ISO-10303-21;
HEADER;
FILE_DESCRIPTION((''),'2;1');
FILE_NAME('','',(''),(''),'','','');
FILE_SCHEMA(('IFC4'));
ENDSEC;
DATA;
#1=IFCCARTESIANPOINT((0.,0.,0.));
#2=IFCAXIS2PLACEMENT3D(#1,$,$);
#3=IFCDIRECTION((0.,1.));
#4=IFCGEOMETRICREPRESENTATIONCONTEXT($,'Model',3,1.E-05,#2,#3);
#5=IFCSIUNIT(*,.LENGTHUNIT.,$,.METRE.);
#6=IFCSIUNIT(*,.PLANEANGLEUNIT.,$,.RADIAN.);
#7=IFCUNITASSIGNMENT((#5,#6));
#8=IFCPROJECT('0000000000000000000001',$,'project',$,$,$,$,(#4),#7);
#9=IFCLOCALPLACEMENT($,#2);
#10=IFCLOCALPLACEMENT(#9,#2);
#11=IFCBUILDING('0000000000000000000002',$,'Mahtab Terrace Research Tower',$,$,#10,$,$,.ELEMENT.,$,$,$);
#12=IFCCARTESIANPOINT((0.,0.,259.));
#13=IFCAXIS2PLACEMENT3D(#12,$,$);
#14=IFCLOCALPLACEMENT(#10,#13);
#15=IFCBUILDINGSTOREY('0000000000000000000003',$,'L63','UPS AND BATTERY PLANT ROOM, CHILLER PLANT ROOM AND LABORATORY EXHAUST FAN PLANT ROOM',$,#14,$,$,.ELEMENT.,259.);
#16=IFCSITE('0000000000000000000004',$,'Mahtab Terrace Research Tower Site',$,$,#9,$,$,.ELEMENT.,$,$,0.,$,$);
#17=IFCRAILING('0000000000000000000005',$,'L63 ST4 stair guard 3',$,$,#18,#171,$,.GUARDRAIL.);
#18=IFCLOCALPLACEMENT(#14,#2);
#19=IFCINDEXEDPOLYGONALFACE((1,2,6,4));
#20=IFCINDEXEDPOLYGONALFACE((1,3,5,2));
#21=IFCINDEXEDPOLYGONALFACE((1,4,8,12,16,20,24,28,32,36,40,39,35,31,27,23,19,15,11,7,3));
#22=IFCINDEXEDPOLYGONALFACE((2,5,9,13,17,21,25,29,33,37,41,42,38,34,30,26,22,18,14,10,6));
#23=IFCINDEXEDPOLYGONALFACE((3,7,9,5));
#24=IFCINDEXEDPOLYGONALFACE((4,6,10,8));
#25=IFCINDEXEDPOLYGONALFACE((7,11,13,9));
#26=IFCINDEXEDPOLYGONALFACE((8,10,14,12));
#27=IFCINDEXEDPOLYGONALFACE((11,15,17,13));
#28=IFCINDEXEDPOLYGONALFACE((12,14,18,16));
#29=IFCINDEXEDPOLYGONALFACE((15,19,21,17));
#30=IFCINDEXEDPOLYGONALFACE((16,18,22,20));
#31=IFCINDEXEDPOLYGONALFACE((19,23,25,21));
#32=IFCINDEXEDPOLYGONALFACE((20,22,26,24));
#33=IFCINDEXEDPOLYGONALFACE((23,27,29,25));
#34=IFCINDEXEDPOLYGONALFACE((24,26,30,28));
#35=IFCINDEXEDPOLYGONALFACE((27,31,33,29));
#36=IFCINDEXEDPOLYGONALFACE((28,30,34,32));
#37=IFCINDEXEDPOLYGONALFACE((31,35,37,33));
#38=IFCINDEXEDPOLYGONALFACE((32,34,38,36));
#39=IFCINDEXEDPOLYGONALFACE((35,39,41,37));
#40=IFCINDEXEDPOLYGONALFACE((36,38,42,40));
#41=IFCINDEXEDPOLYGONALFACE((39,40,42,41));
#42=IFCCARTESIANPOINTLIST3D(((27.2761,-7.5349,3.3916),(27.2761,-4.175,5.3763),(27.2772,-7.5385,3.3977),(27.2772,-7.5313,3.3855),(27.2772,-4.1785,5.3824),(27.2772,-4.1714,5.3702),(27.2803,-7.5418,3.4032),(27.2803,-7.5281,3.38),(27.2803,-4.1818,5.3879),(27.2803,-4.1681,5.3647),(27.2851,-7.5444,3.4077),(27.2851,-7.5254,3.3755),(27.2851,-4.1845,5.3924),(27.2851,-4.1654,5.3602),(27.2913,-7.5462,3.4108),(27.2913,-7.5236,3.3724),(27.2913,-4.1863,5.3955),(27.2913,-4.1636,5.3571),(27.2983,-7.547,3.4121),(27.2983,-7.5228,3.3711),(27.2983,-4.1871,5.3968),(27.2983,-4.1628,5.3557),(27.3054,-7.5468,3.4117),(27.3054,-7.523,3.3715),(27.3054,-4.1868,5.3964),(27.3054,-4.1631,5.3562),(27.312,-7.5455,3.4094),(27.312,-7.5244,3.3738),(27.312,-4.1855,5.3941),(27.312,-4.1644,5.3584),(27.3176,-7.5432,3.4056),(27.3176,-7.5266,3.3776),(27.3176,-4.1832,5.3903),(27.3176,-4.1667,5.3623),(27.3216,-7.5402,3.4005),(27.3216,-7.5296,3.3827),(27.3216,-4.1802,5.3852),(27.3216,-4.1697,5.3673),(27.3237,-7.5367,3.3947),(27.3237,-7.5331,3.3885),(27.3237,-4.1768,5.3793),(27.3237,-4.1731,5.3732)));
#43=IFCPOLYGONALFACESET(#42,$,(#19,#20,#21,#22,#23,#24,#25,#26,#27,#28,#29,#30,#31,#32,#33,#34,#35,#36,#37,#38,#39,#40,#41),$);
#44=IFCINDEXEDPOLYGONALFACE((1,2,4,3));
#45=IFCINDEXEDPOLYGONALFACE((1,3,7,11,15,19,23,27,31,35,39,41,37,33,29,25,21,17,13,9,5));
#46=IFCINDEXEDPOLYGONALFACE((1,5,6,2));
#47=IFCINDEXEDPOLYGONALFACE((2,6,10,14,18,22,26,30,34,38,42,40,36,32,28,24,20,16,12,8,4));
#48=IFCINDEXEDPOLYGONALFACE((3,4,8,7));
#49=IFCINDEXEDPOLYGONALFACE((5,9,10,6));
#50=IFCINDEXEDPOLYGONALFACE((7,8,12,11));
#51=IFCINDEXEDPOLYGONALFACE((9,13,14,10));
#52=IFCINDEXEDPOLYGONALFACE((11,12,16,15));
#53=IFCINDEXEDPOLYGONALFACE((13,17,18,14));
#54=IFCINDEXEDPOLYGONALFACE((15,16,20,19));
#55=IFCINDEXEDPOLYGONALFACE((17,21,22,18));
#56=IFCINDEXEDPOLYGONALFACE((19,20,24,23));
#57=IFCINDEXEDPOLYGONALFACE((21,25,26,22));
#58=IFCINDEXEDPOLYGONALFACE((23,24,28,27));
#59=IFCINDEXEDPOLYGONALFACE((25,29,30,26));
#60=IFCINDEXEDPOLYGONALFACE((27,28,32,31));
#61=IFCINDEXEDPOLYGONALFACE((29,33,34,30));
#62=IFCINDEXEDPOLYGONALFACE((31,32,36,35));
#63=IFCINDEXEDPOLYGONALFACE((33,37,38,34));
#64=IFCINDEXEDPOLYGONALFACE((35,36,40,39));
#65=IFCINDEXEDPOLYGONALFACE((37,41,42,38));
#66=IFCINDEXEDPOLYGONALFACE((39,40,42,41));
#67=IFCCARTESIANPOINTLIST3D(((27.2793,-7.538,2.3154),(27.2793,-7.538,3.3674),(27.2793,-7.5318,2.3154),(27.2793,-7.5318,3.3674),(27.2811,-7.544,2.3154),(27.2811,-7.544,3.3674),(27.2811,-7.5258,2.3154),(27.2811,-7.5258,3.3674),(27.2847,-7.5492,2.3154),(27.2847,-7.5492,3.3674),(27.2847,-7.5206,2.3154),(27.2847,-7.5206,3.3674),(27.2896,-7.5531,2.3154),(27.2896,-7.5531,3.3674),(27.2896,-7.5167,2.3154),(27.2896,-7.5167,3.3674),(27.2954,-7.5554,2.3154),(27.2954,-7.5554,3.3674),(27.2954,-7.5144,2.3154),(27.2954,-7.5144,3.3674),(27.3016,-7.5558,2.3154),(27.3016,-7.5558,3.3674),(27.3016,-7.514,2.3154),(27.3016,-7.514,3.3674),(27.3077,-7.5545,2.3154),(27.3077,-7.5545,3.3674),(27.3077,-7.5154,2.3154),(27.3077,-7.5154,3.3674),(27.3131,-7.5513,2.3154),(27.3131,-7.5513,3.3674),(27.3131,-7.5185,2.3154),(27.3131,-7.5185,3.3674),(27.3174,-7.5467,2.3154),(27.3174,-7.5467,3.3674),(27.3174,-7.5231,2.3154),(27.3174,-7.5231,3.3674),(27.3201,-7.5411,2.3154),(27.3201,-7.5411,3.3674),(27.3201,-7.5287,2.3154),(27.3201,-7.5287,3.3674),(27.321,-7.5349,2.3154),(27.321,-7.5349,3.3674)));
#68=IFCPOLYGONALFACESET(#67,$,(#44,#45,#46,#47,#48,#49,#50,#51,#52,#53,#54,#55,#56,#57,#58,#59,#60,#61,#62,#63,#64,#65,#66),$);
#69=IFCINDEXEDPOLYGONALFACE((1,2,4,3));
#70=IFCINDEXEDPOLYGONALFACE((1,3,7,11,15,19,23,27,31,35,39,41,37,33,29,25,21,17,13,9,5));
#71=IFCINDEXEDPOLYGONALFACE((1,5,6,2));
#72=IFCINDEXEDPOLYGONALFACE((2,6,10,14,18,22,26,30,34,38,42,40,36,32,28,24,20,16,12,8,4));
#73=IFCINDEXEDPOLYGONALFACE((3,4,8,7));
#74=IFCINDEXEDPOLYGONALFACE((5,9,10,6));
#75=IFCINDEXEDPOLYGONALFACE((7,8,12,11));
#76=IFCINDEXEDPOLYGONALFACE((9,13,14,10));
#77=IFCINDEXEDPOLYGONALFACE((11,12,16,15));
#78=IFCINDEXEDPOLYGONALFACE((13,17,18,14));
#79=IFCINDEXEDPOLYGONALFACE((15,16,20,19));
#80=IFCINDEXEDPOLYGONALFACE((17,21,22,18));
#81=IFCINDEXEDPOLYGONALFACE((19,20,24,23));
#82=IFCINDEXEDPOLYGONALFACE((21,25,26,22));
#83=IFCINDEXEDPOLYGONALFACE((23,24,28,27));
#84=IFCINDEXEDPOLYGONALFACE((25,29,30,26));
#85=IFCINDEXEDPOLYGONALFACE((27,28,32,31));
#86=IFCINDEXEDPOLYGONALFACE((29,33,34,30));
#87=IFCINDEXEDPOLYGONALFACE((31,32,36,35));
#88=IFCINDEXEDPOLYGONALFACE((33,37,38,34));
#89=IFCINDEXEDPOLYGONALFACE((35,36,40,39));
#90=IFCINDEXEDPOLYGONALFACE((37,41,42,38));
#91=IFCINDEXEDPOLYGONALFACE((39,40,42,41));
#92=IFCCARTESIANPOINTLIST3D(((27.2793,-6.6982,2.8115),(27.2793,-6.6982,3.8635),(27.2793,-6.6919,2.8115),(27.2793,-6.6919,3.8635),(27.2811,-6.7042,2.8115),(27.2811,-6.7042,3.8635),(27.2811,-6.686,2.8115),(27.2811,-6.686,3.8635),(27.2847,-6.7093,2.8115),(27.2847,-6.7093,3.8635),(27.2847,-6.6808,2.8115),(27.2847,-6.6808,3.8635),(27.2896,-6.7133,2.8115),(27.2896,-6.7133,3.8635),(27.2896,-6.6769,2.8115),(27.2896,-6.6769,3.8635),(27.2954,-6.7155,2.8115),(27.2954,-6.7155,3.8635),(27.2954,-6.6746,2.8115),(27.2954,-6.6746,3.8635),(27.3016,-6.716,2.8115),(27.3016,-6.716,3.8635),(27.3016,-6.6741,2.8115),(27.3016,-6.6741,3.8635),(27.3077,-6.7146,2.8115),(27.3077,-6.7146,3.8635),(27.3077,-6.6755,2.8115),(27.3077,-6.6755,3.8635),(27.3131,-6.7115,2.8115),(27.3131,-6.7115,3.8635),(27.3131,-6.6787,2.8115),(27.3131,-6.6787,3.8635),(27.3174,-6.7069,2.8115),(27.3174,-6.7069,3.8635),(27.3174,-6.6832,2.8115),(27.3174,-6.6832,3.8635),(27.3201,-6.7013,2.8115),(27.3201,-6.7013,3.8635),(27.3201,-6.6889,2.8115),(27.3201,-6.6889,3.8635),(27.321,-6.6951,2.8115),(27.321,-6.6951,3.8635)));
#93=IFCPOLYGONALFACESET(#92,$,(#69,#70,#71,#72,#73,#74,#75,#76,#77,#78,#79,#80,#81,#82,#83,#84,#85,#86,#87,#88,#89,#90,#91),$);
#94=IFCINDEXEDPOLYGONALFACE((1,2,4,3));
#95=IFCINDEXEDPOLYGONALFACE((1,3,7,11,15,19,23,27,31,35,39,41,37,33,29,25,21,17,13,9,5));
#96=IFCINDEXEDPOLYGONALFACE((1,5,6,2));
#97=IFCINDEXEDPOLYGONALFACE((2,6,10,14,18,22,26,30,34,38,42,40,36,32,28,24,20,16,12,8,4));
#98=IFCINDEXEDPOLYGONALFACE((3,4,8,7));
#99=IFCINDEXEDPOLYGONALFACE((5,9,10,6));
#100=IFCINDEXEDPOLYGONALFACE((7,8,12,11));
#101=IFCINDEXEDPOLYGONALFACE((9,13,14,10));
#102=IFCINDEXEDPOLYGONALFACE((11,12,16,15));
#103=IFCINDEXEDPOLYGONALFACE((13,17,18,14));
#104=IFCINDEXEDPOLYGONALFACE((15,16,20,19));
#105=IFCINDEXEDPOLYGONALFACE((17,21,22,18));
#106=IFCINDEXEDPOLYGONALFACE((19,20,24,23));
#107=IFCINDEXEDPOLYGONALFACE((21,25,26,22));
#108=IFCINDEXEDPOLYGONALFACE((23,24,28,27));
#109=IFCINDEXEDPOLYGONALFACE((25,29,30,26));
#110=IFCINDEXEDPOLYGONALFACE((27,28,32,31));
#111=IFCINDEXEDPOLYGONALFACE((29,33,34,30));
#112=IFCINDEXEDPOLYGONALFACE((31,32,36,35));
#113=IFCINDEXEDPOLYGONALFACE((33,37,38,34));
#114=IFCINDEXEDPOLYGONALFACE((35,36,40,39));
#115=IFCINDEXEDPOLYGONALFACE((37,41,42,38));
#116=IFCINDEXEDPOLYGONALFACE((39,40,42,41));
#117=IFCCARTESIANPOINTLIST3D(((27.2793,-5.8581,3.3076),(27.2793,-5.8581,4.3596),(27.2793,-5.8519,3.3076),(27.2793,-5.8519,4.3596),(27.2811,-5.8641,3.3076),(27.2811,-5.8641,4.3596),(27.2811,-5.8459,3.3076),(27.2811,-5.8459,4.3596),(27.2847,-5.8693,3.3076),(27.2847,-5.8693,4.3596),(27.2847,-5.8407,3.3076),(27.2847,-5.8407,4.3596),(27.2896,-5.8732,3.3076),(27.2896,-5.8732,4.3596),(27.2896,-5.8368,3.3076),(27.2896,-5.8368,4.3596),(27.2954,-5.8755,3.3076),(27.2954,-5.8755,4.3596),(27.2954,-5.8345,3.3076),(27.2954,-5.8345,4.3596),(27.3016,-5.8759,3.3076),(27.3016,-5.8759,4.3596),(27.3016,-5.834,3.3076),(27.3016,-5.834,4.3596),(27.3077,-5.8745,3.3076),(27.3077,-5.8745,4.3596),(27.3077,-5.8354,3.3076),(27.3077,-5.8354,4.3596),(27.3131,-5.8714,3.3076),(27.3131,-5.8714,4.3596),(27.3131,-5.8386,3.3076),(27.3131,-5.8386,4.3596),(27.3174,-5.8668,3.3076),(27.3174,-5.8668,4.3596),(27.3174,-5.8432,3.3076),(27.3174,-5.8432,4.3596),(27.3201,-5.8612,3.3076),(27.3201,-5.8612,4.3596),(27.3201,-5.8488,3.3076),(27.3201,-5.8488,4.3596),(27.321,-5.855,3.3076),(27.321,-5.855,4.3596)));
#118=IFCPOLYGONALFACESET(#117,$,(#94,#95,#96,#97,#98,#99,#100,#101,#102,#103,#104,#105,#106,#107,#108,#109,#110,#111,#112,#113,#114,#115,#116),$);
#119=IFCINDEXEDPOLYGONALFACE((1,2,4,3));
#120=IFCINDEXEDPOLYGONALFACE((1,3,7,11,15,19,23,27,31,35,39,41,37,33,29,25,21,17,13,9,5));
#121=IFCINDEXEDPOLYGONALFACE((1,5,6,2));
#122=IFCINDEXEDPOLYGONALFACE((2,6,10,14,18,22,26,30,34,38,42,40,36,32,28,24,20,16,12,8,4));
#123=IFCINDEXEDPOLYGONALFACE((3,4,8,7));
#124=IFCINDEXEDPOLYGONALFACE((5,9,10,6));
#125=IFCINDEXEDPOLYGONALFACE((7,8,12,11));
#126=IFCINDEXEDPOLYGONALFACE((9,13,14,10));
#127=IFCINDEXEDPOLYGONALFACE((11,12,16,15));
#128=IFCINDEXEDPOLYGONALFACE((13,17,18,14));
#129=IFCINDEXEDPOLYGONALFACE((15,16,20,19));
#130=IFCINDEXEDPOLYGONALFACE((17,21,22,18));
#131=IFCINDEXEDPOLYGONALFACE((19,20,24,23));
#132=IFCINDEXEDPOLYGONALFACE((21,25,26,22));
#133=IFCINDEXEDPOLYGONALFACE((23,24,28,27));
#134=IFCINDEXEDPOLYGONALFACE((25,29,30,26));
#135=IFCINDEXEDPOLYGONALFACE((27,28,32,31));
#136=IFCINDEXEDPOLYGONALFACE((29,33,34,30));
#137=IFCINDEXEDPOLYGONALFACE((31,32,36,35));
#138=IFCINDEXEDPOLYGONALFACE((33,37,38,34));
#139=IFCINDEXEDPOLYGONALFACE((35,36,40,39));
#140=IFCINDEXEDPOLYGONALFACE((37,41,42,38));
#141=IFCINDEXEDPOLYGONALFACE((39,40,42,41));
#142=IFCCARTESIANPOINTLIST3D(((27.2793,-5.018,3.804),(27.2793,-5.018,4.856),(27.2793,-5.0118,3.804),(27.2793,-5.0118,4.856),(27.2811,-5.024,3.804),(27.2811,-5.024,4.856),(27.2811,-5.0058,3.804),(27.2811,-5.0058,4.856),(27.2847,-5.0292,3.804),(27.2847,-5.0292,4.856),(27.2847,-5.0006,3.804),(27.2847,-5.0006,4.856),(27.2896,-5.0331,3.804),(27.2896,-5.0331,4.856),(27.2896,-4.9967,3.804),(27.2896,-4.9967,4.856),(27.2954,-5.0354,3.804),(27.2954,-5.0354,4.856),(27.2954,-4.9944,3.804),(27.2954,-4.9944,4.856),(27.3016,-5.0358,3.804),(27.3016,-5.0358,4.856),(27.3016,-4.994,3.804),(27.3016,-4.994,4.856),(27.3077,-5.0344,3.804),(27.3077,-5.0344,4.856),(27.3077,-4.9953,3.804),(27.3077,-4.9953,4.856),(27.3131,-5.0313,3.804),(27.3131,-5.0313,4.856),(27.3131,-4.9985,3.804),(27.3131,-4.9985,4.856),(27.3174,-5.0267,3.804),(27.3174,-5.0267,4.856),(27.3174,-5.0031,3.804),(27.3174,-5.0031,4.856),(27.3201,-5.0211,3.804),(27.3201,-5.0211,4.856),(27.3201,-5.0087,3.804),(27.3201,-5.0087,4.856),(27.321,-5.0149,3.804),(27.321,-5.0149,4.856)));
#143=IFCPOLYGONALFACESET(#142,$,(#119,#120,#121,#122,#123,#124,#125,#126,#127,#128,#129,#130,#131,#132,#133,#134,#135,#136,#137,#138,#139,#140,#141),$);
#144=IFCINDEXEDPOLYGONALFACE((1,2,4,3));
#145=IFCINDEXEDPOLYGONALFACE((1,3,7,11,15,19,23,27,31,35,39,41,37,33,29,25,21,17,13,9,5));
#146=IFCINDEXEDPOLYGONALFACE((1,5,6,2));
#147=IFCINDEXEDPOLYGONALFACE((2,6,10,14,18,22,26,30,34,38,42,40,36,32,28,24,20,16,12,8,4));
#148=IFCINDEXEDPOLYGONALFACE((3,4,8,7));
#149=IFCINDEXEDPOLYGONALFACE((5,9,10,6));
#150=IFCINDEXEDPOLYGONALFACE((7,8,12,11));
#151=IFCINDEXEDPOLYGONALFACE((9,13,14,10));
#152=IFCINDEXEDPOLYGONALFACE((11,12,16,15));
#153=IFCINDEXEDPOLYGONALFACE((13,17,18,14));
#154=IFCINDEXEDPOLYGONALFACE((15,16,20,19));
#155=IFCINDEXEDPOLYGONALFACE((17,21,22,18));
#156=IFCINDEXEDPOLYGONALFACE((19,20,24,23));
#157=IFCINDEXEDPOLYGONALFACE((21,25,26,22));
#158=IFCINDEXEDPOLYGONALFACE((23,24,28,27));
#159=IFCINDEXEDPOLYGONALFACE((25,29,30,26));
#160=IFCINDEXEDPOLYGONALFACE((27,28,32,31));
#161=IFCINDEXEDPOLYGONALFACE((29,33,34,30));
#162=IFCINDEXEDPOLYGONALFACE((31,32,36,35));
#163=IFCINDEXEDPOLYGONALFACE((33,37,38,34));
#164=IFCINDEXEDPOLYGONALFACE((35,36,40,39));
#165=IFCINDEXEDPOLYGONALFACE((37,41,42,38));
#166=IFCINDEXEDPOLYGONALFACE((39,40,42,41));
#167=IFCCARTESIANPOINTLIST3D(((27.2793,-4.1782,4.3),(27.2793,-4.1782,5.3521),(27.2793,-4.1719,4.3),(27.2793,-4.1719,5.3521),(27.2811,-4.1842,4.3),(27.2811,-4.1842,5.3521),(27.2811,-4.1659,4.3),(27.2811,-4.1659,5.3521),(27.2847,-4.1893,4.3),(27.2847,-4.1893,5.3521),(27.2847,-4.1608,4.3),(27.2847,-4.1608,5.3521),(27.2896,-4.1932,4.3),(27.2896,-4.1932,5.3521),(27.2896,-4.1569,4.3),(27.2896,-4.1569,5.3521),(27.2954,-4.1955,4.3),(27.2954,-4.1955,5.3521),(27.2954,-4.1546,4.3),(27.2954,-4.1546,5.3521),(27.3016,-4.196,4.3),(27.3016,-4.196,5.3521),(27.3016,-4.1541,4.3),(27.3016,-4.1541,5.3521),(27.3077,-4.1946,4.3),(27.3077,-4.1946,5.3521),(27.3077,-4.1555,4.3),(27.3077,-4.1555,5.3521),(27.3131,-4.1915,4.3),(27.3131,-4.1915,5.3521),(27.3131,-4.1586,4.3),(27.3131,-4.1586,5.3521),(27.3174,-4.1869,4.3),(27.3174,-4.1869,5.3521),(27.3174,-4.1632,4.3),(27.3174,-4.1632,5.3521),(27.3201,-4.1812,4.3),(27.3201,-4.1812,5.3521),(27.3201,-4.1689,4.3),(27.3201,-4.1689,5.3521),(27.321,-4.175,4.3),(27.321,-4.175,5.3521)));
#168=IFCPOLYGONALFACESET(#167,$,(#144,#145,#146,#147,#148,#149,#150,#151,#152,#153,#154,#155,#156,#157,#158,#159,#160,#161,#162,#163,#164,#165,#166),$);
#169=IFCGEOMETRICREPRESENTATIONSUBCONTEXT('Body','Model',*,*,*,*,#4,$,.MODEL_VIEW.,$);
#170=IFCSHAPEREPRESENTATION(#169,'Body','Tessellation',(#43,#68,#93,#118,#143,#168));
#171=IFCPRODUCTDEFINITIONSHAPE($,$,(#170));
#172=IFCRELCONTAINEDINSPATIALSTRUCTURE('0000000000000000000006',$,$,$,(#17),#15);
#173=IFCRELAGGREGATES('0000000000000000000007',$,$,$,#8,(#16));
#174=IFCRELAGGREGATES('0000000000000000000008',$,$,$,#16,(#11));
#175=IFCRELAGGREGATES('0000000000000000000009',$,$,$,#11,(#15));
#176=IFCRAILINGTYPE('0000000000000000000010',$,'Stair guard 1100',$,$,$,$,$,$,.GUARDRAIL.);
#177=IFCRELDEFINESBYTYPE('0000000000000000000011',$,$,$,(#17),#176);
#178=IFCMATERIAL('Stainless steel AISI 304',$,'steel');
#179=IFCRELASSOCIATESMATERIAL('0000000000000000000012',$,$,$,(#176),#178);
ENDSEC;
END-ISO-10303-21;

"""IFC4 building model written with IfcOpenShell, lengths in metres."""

from ifc_helpers import new_model, si_unit, direction, frame, origin, origin_2d, place, context, subcontext, project, spatial, circle, extrude, material, type_object, element, save


model = new_model("IFC4")

# Units and contexts
model_context = context("Model", 3, precision=1e-05, world=origin(), true_north=direction((0.0, 1.0)))
body_context = subcontext(model_context, "Body", "Model", "MODEL_VIEW")
ifc_project = project(units=[si_unit("LENGTHUNIT", "METRE"), si_unit("PLANEANGLEUNIT", "RADIAN")], contexts=[model_context])

# Site, building, storey
site_placement = place(None, origin())
site = spatial("IfcSite", under=ifc_project, at=site_placement, Name="Mahtab Terrace Research Tower Site", CompositionType="ELEMENT", RefElevation=0.0)
building_placement = place(site_placement, origin())
building = spatial("IfcBuilding", under=site, at=building_placement, Name="Mahtab Terrace Research Tower", CompositionType="ELEMENT")
storey_placement = place(building_placement, frame((0.0, 0.0, 259.0)))
storey = spatial("IfcBuildingStorey", under=building, at=storey_placement, Name="L63", Description="UPS AND BATTERY PLANT ROOM, CHILLER PLANT ROOM AND LABORATORY EXHAUST FAN PLANT ROOM", CompositionType="ELEMENT", Elevation=259.0)

# Railing
ifc_material_1 = material(Name="Stainless steel AISI 304", Category="steel")
railing_type_1 = type_object("IfcRailingType", Name="Stair guard 1100", PredefinedType="GUARDRAIL", material=ifc_material_1)
railing_1_placement = place(storey_placement, frame((27.3, -7.5349, 2.3154)))
element("IfcRailing", 1, at=railing_1_placement, inside=storey, type_object=railing_type_1, Name="L63 ST4 stair guard 3", PredefinedType="GUARDRAIL", context=body_context, shape_type="SweptSolid", body=[
    extrude(circle(Radius=0.0239, at=origin_2d()), frame((0.0, 0.0, 1.0762), z_axis=(0.0, 0.861011, 0.508586), x_axis=(-1.0, 0.0, 0.0)), (0.0, 0.0, 1.0), 3.9023),
    extrude(circle(Radius=0.021, at=origin_2d()), origin(), (0.0, 0.0, 1.0), 1.052),
    extrude(circle(Radius=0.021, at=origin_2d()), frame((0.0, 0.8398, 0.4961)), (0.0, 0.0, 1.0), 1.052),
    extrude(circle(Radius=0.021, at=origin_2d()), frame((0.0, 1.6799, 0.9922)), (0.0, 0.0, 1.0), 1.052),
    extrude(circle(Radius=0.021, at=origin_2d()), frame((0.0, 2.52, 1.4885)), (0.0, 0.0, 1.0), 1.052),
    extrude(circle(Radius=0.021, at=origin_2d()), frame((0.0, 3.3599, 1.9846)), (0.0, 0.0, 1.0), 1.052),
])

save(model, "model.ifc")
